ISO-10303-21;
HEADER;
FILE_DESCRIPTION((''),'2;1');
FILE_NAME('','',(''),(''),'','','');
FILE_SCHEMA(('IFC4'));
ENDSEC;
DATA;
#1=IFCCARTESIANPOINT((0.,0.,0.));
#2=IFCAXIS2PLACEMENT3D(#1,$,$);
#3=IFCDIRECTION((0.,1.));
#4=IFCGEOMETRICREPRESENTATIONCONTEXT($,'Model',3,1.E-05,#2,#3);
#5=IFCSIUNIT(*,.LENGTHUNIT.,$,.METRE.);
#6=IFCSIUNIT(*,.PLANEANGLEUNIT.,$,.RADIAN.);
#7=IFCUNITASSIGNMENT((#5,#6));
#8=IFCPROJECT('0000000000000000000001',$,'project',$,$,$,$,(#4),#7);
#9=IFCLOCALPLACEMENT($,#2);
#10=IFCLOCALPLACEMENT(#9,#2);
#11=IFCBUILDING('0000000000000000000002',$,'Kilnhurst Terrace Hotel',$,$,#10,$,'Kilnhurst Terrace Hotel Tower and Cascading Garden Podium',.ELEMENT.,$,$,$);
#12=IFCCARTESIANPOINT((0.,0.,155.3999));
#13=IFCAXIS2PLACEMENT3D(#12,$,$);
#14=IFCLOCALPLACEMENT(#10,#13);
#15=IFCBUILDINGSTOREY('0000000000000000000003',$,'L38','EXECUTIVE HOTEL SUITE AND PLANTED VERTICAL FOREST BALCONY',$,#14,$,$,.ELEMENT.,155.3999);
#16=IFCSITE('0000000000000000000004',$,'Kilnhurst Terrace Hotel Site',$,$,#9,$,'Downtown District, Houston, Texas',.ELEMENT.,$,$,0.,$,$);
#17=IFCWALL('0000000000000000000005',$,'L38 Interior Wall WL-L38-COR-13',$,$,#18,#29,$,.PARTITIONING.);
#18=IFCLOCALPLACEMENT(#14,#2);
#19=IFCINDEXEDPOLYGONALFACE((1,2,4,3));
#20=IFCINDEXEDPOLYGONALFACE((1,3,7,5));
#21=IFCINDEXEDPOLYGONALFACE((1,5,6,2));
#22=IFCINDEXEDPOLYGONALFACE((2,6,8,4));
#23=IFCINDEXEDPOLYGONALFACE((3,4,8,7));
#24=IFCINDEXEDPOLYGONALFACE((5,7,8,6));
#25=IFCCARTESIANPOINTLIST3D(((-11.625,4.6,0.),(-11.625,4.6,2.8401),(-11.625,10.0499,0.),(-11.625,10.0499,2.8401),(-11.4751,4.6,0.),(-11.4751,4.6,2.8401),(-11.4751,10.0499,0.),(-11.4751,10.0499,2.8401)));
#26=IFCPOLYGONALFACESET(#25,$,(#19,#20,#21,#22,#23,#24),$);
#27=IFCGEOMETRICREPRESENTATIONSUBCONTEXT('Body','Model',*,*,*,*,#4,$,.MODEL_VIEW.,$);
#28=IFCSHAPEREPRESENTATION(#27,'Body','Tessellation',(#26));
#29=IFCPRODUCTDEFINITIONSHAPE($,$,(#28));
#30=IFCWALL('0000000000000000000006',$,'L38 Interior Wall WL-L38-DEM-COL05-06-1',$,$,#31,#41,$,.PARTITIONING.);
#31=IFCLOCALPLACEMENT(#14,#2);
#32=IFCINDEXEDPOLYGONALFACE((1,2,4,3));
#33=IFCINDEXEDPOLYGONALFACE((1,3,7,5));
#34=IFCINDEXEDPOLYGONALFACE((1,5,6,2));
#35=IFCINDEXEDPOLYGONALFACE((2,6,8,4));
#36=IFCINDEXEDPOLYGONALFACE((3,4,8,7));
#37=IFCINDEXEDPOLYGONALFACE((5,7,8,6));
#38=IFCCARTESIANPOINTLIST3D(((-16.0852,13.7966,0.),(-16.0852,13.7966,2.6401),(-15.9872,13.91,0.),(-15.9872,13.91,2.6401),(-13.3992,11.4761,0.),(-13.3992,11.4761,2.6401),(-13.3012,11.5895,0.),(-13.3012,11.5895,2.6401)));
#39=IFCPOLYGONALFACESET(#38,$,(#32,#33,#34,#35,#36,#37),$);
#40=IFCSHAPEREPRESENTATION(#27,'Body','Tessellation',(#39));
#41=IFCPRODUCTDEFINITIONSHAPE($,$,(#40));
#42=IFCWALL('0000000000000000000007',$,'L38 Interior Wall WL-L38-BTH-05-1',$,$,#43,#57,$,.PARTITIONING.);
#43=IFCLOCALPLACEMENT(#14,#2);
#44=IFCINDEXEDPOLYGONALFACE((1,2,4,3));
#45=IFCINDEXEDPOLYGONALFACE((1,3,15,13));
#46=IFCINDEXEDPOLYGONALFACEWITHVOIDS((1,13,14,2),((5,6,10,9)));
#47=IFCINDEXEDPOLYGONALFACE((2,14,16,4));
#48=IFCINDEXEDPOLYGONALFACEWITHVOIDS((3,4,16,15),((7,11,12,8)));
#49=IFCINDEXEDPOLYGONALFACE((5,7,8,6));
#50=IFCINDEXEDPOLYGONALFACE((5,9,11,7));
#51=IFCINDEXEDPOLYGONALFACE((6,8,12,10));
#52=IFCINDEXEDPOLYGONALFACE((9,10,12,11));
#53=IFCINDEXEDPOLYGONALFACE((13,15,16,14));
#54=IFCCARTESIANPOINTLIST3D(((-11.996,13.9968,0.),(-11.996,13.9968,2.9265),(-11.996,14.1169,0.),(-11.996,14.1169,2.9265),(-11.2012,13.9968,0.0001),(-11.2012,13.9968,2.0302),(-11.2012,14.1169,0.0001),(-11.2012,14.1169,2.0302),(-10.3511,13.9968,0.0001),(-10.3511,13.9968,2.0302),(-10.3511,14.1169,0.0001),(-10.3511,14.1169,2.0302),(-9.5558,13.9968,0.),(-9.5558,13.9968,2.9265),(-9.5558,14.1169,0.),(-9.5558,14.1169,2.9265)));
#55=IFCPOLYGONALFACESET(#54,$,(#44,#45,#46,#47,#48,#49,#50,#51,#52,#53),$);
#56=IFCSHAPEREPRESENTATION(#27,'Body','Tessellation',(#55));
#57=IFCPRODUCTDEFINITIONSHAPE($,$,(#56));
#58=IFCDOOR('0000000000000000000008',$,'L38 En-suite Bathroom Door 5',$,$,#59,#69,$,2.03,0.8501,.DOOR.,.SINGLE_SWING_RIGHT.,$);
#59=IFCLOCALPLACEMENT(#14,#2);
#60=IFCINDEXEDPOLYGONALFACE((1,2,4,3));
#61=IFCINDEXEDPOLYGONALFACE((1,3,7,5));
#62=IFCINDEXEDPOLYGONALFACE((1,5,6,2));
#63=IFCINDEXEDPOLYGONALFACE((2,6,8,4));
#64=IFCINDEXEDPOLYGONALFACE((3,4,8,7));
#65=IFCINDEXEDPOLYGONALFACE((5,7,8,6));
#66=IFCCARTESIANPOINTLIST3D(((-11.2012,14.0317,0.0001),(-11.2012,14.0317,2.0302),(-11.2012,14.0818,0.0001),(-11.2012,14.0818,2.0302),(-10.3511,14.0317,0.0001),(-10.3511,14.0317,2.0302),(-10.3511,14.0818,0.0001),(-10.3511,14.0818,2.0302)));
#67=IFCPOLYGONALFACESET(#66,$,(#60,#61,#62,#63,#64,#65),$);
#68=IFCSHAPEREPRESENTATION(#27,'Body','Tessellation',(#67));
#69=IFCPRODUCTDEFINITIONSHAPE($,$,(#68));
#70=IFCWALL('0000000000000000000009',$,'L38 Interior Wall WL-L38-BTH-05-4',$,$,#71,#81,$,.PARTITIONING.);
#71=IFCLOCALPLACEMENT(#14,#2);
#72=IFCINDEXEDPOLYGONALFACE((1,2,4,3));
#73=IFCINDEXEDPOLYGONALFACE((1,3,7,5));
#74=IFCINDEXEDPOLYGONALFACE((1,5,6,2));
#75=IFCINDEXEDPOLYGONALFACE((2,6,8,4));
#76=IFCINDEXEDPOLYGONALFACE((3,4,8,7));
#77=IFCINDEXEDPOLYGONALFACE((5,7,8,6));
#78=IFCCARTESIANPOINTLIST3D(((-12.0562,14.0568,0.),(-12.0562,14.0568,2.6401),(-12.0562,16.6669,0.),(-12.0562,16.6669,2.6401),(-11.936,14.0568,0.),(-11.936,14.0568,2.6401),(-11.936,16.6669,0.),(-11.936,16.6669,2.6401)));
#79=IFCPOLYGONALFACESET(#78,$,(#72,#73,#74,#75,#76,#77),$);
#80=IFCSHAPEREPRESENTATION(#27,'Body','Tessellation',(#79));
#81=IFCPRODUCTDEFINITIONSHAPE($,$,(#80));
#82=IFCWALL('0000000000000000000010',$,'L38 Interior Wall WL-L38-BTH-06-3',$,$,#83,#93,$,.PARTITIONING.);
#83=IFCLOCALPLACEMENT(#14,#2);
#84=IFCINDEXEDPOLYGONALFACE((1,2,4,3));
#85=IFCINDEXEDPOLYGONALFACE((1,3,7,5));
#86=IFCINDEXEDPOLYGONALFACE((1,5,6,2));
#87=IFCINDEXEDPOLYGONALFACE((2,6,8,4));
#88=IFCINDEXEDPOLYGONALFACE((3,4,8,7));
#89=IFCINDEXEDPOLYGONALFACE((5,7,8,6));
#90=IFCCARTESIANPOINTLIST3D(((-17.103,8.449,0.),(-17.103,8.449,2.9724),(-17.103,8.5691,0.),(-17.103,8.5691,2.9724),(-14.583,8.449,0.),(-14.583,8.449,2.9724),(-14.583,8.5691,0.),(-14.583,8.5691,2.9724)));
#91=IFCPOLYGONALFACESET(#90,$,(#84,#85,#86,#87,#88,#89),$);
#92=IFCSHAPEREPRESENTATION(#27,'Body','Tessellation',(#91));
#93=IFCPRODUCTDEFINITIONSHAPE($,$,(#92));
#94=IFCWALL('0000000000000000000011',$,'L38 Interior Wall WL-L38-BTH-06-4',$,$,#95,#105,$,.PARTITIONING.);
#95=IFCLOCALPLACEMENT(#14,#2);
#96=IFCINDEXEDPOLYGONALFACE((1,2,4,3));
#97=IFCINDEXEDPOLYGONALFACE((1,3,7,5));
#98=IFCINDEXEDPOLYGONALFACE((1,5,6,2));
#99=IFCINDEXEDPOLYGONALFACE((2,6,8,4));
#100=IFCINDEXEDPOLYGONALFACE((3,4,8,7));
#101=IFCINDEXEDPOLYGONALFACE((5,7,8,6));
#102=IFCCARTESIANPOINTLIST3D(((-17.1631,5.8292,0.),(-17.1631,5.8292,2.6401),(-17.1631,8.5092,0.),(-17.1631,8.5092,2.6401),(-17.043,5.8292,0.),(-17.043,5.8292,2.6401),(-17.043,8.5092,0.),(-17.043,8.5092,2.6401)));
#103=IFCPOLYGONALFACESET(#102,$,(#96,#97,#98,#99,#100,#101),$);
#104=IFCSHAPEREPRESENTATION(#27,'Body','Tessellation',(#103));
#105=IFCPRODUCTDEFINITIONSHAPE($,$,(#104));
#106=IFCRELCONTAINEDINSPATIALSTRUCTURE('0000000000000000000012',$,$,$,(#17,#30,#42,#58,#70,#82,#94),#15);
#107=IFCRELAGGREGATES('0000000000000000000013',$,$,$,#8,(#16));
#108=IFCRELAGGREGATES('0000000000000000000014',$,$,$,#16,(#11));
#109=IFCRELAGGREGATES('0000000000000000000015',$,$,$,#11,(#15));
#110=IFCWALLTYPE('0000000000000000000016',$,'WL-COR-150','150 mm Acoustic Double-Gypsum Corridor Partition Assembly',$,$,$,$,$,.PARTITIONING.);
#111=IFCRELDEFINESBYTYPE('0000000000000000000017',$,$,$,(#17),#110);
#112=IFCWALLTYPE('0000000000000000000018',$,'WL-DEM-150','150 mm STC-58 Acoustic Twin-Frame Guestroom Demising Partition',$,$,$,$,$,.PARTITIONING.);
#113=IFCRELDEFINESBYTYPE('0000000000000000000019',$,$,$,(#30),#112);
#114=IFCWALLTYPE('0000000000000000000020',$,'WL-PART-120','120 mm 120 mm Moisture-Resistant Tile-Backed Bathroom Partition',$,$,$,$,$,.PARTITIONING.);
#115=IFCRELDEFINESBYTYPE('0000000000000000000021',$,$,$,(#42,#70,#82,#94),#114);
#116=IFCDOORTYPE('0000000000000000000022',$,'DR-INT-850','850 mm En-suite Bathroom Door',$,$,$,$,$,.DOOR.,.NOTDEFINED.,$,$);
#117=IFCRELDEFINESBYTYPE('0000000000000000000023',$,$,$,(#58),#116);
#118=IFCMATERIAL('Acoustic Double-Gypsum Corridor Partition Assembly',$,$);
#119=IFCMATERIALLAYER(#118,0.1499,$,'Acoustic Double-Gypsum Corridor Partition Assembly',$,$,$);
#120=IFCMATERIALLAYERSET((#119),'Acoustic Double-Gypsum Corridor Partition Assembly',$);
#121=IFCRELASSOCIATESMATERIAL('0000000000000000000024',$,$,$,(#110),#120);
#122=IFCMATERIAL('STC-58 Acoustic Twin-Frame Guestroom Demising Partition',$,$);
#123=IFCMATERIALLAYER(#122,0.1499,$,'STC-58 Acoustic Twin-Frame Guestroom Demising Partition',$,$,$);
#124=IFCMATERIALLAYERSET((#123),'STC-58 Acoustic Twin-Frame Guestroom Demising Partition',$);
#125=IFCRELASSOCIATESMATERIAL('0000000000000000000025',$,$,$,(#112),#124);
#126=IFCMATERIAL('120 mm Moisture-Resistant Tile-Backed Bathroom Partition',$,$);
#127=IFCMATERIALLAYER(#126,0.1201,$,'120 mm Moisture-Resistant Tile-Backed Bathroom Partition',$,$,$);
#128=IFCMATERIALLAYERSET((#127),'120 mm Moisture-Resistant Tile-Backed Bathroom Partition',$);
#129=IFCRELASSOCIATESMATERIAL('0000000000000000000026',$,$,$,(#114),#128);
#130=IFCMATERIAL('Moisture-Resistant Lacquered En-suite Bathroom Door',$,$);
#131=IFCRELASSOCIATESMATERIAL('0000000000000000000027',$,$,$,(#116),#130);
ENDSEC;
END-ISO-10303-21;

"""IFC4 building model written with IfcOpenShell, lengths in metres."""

from ifc_helpers import new_model, si_unit, direction, frame, frame_2d, origin, place, context, subcontext, project, spatial, rectangle, extrude, material, layer, layer_set, type_object, element, fill, save


model = new_model("IFC4")

# Units and contexts
model_context = context("Model", 3, precision=1e-05, world=origin(), true_north=direction((0.0, 1.0)))
body_context = subcontext(model_context, "Body", "Model", "MODEL_VIEW")
ifc_project = project(units=[si_unit("LENGTHUNIT", "METRE"), si_unit("PLANEANGLEUNIT", "RADIAN")], contexts=[model_context])

# Site, building, storey
site_placement = place(None, origin())
site = spatial("IfcSite", under=ifc_project, at=site_placement, Name="Kilnhurst Terrace Hotel Site", LongName="Downtown District, Houston, Texas", CompositionType="ELEMENT", RefElevation=0.0)
building_placement = place(site_placement, origin())
building = spatial("IfcBuilding", under=site, at=building_placement, Name="Kilnhurst Terrace Hotel", LongName="Kilnhurst Terrace Hotel Tower and Cascading Garden Podium", CompositionType="ELEMENT")
storey_placement = place(building_placement, frame((0.0, 0.0, 155.3999)))
storey = spatial("IfcBuildingStorey", under=building, at=storey_placement, Name="L38", Description="EXECUTIVE HOTEL SUITE AND PLANTED VERTICAL FOREST BALCONY", CompositionType="ELEMENT", Elevation=155.3999)

# Shared definitions
ifc_material_1 = material(Name="Acoustic Double-Gypsum Corridor Partition Assembly")
ifc_layer_1 = layer(ifc_material_1, 0.1499, Name="Acoustic Double-Gypsum Corridor Partition Assembly")
ifc_layer_set_1 = layer_set([ifc_layer_1], Name="Acoustic Double-Gypsum Corridor Partition Assembly")
wall_type_1 = type_object("IfcWallType", Name="WL-COR-150", Description="150 mm Acoustic Double-Gypsum Corridor Partition Assembly", PredefinedType="PARTITIONING", material=ifc_layer_set_1)

# Walls
wall_1_placement = place(storey_placement, frame((-11.55, 10.05, 0.0), z_axis=(0.0, 0.0, 1.0), x_axis=(0.0, -1.0, 0.0)))
element("IfcWall", 1, at=wall_1_placement, inside=storey, type_object=wall_type_1, Name="L38 Interior Wall WL-L38-COR-13", PredefinedType="PARTITIONING", context=body_context, shape_type="SweptSolid", body=[
    extrude(rectangle(XDim=5.45, YDim=0.1499, at=frame_2d((2.7251, 0.0))), origin(), (0.0, 0.0, 1.0), 2.8401),
])
ifc_material_2 = material(Name="STC-58 Acoustic Twin-Frame Guestroom Demising Partition")
ifc_layer_2 = layer(ifc_material_2, 0.1499, Name="STC-58 Acoustic Twin-Frame Guestroom Demising Partition")
ifc_layer_set_2 = layer_set([ifc_layer_2], Name="STC-58 Acoustic Twin-Frame Guestroom Demising Partition")
wall_type_2 = type_object("IfcWallType", Name="WL-DEM-150", Description="150 mm STC-58 Acoustic Twin-Frame Guestroom Demising Partition", PredefinedType="PARTITIONING", material=ifc_layer_set_2)
wall_2_placement = place(storey_placement, frame((-13.3501, 11.5327, 0.0), z_axis=(0.0, 0.0, 1.0), x_axis=(-0.756712, 0.653749, 0.0)))
element("IfcWall", 2, at=wall_2_placement, inside=storey, type_object=wall_type_2, Name="L38 Interior Wall WL-L38-DEM-COL05-06-1", PredefinedType="PARTITIONING", context=body_context, shape_type="SweptSolid", body=[
    extrude(rectangle(XDim=3.5496, YDim=0.1499, at=frame_2d((1.7749, 0.0))), origin(), (0.0, 0.0, 1.0), 2.6401),
])

# Wall, opening, door
ifc_material_3 = material(Name="120 mm Moisture-Resistant Tile-Backed Bathroom Partition")
ifc_layer_3 = layer(ifc_material_3, 0.1201, Name="120 mm Moisture-Resistant Tile-Backed Bathroom Partition")
ifc_layer_set_3 = layer_set([ifc_layer_3], Name="120 mm Moisture-Resistant Tile-Backed Bathroom Partition")
wall_type_3 = type_object("IfcWallType", Name="WL-PART-120", Description="120 mm 120 mm Moisture-Resistant Tile-Backed Bathroom Partition", PredefinedType="PARTITIONING", material=ifc_layer_set_3)
wall_3_placement = place(storey_placement, frame((-11.9961, 14.0569, 0.0), z_axis=(0.0, 0.0, 1.0), x_axis=(1.0, 0.0, 0.0)))
wall_3 = element("IfcWall", 3, at=wall_3_placement, inside=storey, type_object=wall_type_3, Name="L38 Interior Wall WL-L38-BTH-05-1", PredefinedType="PARTITIONING", context=body_context, shape_type="SweptSolid", body=[
    extrude(rectangle(XDim=2.4402, YDim=0.1201, at=frame_2d((1.2202, 0.0))), origin(), (0.0, 0.0, 1.0), 2.9265),
])
opening_1_placement = place(wall_3_placement, frame((0.7949, 0.0, 0.0)))
opening_1 = element("IfcOpeningElement", 4, at=opening_1_placement, cuts=wall_3, PredefinedType="OPENING", context=body_context, shape_type="SweptSolid", body=[
    extrude(rectangle(XDim=0.8501, YDim=2.03, at=frame_2d((0.425, 1.0151))), frame((0.0, 0.0701, 0.0), z_axis=(0.0, -1.0, 0.0), x_axis=(1.0, 0.0, 0.0)), (0.0, 0.0, 1.0), 0.1401),
])
ifc_material_4 = material(Name="Moisture-Resistant Lacquered En-suite Bathroom Door")
door_type_1 = type_object("IfcDoorType", Name="DR-INT-850", Description="850 mm En-suite Bathroom Door", OperationType="NOTDEFINED", PredefinedType="DOOR", material=ifc_material_4)
door_1_placement = place(opening_1_placement, origin())
door_1 = element("IfcDoor", 5, at=door_1_placement, inside=storey, type_object=door_type_1, Name="L38 En-suite Bathroom Door 5", OperationType="SINGLE_SWING_RIGHT", OverallHeight=2.03, OverallWidth=0.8501, PredefinedType="DOOR", context=body_context, shape_type="SweptSolid", body=[
    extrude(rectangle(XDim=0.8501, YDim=2.03, at=frame_2d((0.425, 1.0151))), frame((0.0, 0.0249, 0.0), z_axis=(0.0, -1.0, 0.0), x_axis=(1.0, 0.0, 0.0)), (0.0, 0.0, 1.0), 0.05),
])
fill(opening_1, door_1)

# Walls
wall_4_placement = place(storey_placement, frame((-11.9961, 16.667, 0.0), z_axis=(0.0, 0.0, 1.0), x_axis=(0.0, -1.0, 0.0)))
element("IfcWall", 6, at=wall_4_placement, inside=storey, type_object=wall_type_3, Name="L38 Interior Wall WL-L38-BTH-05-4", PredefinedType="PARTITIONING", context=body_context, shape_type="SweptSolid", body=[
    extrude(rectangle(XDim=2.6101, YDim=0.1201, at=frame_2d((1.3052, 0.0))), origin(), (0.0, 0.0, 1.0), 2.6401),
])
wall_5_placement = place(storey_placement, frame((-14.583, 8.509, 0.0), z_axis=(0.0, 0.0, 1.0), x_axis=(-1.0, 0.0, 0.0)))
element("IfcWall", 7, at=wall_5_placement, inside=storey, type_object=wall_type_3, Name="L38 Interior Wall WL-L38-BTH-06-3", PredefinedType="PARTITIONING", context=body_context, shape_type="SweptSolid", body=[
    extrude(rectangle(XDim=2.52, YDim=0.1201, at=frame_2d((1.26, 0.0))), origin(), (0.0, 0.0, 1.0), 2.9724),
])
wall_6_placement = place(storey_placement, frame((-17.103, 8.509, 0.0), z_axis=(0.0, 0.0, 1.0), x_axis=(0.0, -1.0, 0.0)))
element("IfcWall", 8, at=wall_6_placement, inside=storey, type_object=wall_type_3, Name="L38 Interior Wall WL-L38-BTH-06-4", PredefinedType="PARTITIONING", context=body_context, shape_type="SweptSolid", body=[
    extrude(rectangle(XDim=2.6799, YDim=0.1201, at=frame_2d((1.3398, 0.0))), origin(), (0.0, 0.0, 1.0), 2.6401),
])

save(model, "model.ifc")
